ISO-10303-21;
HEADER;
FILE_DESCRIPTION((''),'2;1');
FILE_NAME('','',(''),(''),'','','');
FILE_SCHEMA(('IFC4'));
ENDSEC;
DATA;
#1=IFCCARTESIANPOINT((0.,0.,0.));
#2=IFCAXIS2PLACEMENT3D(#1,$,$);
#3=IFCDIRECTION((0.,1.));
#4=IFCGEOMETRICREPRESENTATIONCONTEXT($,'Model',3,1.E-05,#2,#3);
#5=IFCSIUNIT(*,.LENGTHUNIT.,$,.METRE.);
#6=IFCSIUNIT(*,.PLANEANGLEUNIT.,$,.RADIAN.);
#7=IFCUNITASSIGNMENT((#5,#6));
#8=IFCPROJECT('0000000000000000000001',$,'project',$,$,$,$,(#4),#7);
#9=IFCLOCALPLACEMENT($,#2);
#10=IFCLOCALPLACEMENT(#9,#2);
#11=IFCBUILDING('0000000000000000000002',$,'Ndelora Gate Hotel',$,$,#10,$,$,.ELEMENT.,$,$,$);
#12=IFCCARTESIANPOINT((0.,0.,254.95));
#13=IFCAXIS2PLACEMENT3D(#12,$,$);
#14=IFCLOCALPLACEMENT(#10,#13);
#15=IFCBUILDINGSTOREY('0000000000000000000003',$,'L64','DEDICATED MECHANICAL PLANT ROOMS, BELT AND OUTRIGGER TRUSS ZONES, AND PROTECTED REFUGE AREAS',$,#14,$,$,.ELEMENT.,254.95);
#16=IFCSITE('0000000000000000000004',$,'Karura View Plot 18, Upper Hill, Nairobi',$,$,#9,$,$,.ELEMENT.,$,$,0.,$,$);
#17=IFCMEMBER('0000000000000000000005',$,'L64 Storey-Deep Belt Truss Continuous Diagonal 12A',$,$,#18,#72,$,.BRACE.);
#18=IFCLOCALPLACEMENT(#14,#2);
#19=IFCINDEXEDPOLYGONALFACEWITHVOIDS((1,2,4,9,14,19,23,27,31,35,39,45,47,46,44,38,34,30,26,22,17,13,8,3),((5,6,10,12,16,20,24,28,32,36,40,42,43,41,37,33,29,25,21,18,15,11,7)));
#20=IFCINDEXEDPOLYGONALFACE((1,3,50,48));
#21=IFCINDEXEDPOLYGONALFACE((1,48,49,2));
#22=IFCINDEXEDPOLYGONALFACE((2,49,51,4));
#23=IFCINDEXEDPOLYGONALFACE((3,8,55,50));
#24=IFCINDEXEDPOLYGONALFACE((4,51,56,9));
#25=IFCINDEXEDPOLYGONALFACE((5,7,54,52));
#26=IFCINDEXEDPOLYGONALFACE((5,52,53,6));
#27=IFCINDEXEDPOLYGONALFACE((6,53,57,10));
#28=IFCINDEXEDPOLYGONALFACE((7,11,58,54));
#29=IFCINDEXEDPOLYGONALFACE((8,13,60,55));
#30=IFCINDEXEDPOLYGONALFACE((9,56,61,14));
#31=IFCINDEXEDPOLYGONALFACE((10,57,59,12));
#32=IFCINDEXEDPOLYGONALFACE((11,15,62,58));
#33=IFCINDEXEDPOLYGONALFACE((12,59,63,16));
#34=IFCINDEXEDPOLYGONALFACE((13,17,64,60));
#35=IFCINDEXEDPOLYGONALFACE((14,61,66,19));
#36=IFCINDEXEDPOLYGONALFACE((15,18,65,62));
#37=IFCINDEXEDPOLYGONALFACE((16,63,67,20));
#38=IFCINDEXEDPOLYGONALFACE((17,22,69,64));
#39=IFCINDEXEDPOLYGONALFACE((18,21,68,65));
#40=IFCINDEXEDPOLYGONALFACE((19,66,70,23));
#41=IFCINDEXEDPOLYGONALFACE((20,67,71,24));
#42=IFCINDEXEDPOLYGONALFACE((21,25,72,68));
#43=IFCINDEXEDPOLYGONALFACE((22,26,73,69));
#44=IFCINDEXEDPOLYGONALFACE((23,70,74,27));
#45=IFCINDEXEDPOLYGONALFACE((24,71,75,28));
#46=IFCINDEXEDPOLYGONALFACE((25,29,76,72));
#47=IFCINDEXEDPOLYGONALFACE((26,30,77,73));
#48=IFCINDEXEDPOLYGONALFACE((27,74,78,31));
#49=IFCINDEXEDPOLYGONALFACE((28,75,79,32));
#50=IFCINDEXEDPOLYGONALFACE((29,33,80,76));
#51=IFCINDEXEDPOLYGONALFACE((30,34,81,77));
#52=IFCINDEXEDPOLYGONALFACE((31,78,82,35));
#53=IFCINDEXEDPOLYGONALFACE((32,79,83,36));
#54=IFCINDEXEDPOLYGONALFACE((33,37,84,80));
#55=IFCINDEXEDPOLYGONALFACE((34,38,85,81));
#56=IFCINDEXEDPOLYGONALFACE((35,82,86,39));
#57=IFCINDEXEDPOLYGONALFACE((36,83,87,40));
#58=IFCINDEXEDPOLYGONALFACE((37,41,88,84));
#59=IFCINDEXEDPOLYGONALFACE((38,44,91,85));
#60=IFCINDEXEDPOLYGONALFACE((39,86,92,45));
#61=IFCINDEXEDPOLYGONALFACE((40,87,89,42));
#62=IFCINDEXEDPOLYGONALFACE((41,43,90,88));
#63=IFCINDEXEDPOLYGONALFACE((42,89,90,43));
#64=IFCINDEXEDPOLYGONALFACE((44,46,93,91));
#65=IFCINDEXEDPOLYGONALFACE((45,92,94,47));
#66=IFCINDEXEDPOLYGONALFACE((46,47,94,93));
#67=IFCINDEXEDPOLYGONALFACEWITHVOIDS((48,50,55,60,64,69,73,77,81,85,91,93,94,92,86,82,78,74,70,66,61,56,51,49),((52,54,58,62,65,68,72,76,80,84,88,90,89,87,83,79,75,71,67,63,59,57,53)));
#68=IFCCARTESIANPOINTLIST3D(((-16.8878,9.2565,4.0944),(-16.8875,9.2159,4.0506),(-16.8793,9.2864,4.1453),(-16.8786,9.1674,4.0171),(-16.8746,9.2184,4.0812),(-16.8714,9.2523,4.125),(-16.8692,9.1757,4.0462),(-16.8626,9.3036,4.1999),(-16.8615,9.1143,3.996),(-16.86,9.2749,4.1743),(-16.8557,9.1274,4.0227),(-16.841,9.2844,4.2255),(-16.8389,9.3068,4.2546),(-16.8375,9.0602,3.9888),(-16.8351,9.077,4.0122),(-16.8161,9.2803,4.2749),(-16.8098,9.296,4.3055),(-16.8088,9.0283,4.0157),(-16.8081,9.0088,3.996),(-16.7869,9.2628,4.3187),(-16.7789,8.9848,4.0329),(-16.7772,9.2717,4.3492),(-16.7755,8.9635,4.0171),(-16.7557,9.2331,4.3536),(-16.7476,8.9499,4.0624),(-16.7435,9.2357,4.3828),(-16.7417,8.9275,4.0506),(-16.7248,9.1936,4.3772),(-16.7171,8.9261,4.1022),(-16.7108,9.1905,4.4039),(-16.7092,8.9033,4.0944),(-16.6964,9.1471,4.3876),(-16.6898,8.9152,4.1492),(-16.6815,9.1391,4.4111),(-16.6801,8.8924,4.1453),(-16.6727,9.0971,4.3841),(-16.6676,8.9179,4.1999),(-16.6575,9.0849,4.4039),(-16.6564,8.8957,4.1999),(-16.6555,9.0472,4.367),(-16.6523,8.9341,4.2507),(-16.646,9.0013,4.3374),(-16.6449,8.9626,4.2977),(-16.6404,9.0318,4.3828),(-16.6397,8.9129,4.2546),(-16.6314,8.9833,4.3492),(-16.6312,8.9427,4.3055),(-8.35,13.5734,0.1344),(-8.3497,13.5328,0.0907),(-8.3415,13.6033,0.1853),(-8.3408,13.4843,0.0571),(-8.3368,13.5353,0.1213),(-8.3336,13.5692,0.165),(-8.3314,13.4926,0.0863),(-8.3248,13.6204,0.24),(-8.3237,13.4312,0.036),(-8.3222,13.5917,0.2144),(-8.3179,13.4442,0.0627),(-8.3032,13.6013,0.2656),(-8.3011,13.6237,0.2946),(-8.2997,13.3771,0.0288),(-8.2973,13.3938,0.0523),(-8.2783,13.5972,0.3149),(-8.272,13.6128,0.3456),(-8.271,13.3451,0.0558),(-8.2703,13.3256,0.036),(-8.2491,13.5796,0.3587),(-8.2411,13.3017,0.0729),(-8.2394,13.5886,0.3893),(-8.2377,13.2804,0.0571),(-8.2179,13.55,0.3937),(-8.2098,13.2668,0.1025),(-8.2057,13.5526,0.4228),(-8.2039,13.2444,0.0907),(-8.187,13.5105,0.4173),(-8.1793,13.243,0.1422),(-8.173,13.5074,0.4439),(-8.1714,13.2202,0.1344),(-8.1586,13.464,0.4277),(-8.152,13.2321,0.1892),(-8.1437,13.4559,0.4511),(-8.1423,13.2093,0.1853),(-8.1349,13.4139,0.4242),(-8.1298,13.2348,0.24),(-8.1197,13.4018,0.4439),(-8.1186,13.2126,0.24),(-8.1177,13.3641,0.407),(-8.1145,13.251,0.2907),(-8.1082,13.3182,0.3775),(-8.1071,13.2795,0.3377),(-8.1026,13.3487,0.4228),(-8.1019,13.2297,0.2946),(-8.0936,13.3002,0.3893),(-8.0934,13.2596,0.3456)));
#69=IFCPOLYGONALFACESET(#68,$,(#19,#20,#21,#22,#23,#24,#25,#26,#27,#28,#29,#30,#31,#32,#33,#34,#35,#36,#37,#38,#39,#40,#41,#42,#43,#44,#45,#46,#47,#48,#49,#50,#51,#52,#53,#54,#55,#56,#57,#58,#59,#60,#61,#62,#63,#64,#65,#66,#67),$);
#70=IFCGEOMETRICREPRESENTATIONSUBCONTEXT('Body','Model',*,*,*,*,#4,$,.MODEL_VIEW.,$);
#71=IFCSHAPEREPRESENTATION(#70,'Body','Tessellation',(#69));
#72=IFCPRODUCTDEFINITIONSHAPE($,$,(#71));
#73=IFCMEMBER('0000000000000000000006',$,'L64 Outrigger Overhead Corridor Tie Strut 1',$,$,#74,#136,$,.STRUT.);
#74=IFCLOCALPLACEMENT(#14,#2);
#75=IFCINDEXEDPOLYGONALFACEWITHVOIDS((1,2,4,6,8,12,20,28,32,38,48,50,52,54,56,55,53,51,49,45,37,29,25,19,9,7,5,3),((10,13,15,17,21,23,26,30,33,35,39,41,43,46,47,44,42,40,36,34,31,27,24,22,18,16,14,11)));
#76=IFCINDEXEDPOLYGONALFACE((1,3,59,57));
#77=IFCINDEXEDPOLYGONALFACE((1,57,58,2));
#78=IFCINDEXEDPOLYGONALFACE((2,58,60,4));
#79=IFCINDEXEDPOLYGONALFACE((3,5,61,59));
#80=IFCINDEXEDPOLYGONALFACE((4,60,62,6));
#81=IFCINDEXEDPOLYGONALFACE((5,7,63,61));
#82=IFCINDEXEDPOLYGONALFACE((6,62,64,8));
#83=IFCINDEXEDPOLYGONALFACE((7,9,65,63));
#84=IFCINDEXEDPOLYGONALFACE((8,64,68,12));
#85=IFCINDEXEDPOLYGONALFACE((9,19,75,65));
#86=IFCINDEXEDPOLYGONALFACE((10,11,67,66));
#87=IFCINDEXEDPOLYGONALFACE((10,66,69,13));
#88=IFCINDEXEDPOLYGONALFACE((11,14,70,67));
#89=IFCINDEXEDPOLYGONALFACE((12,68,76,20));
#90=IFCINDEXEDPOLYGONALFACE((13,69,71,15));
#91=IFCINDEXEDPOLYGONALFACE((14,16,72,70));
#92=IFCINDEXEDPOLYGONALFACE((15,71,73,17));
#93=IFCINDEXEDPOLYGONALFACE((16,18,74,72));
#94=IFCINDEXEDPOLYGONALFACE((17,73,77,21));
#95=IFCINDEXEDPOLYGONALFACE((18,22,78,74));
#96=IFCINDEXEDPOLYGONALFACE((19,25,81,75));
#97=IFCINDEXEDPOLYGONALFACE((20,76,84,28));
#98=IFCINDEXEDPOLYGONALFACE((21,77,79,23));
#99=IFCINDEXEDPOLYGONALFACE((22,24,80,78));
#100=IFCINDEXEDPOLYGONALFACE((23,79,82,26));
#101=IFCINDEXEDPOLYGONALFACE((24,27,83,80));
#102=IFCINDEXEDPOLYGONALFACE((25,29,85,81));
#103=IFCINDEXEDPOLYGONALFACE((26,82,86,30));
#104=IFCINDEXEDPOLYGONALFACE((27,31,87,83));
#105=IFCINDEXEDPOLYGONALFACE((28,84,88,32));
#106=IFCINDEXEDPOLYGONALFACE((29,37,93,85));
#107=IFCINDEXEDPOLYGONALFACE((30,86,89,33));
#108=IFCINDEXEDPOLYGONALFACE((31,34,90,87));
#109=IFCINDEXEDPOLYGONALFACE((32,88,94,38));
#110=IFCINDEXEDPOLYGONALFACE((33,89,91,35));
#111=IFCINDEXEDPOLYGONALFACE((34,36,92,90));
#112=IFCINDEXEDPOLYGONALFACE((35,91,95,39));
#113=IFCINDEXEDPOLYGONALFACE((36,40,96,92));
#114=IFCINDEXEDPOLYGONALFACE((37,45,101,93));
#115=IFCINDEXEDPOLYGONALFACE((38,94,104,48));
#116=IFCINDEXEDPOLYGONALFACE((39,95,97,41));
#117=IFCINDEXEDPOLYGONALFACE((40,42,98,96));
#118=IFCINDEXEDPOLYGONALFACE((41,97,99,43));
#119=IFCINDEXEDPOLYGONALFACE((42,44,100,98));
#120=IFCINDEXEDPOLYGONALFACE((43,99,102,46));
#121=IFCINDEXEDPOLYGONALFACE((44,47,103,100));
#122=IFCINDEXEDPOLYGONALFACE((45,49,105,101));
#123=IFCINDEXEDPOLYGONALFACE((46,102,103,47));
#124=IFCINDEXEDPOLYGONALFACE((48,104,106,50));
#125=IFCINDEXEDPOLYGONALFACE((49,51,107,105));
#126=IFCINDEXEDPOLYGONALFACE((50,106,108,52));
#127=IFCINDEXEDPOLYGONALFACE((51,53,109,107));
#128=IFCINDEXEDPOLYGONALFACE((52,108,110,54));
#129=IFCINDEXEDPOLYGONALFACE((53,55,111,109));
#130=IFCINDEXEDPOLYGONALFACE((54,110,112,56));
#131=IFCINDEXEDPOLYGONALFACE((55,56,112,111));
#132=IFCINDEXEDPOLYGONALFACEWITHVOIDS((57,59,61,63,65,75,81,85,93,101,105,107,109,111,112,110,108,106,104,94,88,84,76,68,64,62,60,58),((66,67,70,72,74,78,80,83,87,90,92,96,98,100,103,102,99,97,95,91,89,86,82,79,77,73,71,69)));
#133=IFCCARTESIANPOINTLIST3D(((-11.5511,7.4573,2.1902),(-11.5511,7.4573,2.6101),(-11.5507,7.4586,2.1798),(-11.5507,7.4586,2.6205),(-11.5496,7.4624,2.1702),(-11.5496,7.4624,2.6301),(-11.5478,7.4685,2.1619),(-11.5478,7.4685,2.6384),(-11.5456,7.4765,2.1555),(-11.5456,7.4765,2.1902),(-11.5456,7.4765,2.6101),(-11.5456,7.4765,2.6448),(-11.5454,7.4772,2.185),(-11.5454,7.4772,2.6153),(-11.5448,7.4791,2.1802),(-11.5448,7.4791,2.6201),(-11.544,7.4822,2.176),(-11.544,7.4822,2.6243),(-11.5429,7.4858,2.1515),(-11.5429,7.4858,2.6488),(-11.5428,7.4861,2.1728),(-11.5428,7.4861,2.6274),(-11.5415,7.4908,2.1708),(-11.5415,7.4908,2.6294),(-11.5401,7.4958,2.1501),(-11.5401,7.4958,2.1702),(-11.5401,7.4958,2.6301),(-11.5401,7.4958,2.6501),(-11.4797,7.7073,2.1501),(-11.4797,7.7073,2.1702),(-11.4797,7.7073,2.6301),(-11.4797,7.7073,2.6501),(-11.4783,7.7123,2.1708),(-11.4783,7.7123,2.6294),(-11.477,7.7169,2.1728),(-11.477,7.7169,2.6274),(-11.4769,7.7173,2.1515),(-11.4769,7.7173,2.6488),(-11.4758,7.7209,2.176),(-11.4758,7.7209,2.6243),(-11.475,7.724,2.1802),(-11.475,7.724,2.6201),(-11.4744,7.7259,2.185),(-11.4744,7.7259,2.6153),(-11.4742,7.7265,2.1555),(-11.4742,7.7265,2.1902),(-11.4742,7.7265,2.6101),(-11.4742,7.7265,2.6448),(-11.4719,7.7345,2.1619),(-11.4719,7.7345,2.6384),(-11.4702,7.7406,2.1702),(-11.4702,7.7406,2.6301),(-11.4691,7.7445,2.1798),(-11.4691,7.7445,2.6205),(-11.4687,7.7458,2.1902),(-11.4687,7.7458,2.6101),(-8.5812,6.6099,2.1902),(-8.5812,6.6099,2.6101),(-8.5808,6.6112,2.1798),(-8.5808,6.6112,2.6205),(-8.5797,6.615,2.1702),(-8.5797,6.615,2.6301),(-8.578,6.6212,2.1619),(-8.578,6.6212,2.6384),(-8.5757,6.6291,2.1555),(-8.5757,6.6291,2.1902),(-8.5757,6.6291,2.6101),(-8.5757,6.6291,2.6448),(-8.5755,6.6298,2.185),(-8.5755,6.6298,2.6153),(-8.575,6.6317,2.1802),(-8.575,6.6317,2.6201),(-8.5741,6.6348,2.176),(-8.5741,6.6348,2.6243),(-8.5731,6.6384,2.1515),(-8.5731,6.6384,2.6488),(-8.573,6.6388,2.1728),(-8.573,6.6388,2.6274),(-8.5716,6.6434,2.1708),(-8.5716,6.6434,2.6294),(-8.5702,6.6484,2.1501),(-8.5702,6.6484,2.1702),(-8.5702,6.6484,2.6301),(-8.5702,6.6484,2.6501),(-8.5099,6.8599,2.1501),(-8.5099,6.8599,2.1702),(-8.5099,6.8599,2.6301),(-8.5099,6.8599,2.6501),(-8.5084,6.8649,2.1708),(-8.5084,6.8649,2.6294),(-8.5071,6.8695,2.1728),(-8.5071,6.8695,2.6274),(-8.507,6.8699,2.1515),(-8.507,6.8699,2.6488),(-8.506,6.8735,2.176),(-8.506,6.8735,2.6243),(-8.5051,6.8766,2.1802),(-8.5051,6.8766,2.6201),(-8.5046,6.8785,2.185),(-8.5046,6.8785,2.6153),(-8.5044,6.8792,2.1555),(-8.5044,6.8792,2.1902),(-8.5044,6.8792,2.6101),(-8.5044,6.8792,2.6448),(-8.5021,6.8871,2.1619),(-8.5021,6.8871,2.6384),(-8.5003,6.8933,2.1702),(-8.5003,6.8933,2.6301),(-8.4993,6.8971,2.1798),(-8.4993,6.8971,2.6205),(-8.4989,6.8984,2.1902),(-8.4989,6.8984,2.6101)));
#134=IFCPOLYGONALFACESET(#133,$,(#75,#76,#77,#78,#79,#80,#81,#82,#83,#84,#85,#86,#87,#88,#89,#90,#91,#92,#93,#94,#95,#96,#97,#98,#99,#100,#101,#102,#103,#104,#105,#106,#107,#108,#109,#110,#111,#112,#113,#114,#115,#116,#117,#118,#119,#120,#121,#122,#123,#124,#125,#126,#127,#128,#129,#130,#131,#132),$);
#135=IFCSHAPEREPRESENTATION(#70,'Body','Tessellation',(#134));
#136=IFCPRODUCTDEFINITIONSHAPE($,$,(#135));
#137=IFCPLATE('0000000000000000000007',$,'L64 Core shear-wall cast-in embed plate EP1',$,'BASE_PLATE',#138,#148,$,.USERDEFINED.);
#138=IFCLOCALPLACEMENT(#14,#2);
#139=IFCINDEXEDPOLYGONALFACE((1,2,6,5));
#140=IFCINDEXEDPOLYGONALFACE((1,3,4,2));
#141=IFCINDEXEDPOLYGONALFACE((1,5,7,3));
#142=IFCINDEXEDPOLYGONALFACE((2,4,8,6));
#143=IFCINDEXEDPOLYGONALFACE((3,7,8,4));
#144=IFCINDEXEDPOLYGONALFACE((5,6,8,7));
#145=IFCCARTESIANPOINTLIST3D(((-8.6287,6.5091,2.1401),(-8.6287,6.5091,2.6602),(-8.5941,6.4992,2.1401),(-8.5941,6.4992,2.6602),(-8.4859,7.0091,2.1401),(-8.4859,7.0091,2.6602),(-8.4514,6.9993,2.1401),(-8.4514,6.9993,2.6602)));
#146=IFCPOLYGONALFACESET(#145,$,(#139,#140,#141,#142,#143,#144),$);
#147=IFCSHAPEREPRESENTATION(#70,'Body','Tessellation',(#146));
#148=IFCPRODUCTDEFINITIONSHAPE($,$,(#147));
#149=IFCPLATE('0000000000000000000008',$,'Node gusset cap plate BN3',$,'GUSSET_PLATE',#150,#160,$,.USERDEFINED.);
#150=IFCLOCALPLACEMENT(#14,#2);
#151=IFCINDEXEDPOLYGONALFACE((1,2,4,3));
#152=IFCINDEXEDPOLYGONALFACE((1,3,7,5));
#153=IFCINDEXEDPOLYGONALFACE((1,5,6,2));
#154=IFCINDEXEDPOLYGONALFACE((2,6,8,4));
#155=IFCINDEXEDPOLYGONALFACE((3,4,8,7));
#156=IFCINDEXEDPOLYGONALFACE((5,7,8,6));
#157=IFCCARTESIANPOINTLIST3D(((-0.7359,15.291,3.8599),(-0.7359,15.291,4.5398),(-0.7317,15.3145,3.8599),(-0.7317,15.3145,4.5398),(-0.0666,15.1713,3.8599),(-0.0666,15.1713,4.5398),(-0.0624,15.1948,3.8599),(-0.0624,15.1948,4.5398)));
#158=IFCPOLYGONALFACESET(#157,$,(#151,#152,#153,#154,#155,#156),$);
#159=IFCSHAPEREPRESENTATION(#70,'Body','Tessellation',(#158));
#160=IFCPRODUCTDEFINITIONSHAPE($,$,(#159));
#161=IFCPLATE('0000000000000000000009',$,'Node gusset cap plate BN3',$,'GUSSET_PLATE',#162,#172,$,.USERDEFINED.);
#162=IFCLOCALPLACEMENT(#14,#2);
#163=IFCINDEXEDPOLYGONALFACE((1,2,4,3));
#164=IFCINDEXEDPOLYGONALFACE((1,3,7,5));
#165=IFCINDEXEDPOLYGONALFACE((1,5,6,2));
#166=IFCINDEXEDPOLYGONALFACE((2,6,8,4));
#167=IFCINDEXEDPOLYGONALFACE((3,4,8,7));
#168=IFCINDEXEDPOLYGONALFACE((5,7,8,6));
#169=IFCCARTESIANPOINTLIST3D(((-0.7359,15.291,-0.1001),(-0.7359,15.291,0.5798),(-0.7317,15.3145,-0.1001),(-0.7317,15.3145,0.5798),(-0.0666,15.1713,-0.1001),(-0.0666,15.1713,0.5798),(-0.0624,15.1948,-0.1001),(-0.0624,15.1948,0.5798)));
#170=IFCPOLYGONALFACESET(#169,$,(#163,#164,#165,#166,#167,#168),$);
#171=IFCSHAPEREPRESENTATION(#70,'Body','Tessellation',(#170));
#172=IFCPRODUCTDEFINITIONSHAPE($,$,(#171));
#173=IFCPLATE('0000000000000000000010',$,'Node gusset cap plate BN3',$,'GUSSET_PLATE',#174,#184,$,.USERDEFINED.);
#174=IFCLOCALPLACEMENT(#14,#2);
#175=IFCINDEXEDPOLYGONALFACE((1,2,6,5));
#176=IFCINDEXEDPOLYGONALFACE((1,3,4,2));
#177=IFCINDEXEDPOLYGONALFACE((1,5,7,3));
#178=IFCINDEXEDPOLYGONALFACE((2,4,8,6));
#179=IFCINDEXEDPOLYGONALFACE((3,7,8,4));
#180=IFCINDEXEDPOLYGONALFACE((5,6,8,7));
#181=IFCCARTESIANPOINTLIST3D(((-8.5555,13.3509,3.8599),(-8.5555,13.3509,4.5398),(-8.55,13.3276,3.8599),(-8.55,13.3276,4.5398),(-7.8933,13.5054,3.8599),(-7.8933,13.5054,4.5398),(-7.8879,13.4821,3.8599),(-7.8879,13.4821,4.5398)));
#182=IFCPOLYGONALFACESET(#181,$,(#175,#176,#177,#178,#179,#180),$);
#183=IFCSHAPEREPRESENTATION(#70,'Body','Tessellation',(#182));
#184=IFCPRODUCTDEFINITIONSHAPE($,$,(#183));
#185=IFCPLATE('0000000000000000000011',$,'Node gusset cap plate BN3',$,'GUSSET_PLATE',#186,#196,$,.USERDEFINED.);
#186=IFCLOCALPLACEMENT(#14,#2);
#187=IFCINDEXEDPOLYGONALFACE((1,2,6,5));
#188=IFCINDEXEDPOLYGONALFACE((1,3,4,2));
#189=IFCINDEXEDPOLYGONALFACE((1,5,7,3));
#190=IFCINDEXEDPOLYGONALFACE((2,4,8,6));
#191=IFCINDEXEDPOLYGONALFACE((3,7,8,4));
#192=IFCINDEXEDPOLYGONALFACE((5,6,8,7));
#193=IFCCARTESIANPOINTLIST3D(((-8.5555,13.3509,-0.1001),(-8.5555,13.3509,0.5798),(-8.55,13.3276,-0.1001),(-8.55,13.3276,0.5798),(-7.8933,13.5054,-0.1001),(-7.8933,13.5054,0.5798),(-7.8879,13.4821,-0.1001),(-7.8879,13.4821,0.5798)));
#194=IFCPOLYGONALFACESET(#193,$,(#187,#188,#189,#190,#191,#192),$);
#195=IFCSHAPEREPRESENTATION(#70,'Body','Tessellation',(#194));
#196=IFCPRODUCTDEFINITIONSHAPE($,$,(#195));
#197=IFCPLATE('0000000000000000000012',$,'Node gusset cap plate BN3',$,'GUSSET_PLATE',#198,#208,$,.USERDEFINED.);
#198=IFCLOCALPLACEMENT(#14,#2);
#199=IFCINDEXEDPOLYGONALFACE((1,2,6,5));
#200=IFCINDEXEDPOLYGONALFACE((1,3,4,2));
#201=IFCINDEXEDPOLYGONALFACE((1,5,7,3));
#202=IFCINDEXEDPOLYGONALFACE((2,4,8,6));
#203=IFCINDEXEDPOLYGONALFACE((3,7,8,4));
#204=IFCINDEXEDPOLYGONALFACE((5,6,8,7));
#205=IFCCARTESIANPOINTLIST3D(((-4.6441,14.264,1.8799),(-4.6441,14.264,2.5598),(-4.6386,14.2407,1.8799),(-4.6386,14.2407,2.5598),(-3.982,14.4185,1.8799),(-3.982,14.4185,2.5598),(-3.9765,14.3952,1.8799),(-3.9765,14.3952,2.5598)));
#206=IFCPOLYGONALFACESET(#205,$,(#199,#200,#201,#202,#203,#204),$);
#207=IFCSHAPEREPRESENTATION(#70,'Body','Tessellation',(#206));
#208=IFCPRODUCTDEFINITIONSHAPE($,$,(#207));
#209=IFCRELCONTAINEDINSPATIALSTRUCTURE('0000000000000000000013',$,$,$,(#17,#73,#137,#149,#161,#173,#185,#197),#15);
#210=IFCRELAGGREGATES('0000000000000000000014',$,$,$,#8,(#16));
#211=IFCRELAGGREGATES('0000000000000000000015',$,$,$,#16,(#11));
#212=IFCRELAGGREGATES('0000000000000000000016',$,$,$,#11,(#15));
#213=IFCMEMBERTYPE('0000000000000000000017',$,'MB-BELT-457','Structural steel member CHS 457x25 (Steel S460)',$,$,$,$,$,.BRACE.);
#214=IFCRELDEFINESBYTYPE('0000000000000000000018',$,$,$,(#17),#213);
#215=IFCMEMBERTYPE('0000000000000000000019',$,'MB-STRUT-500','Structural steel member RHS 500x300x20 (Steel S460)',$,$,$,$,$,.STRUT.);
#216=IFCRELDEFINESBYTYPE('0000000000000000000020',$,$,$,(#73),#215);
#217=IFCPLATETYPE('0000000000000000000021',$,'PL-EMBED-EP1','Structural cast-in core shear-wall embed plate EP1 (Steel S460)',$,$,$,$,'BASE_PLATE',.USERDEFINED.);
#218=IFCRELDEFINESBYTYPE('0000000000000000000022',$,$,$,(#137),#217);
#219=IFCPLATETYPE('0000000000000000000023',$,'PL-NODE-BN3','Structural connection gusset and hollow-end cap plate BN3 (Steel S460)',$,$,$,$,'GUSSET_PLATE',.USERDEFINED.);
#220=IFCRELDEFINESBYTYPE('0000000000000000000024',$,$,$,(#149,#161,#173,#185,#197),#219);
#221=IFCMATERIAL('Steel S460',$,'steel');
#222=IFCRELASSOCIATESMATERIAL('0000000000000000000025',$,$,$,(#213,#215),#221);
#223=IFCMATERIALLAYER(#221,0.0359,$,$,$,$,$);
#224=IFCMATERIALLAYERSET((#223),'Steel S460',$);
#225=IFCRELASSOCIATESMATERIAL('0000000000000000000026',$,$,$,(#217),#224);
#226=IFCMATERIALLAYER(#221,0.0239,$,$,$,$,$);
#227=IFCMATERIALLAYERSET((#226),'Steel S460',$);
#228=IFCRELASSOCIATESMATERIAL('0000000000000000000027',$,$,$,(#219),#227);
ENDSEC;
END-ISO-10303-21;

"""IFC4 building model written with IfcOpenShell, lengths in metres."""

from ifc_helpers import new_model, si_unit, direction, frame, origin, origin_2d, place, context, subcontext, project, spatial, rectangle, hollow_rectangle, hollow_circle, extrude, material, layer, layer_set, material_profile, profile_set, type_object, element, save


model = new_model("IFC4")

# Units and contexts
model_context = context("Model", 3, precision=1e-05, world=origin(), true_north=direction((0.0, 1.0)))
body_context = subcontext(model_context, "Body", "Model", "MODEL_VIEW")
ifc_project = project(units=[si_unit("LENGTHUNIT", "METRE"), si_unit("PLANEANGLEUNIT", "RADIAN")], contexts=[model_context])

# Site, building, storey
site_placement = place(None, origin())
site = spatial("IfcSite", under=ifc_project, at=site_placement, Name="Karura View Plot 18, Upper Hill, Nairobi", CompositionType="ELEMENT", RefElevation=0.0)
building_placement = place(site_placement, origin())
building = spatial("IfcBuilding", under=site, at=building_placement, Name="Ndelora Gate Hotel", CompositionType="ELEMENT")
storey_placement = place(building_placement, frame((0.0, 0.0, 254.95)))
storey = spatial("IfcBuildingStorey", under=building, at=storey_placement, Name="L64", Description="DEDICATED MECHANICAL PLANT ROOMS, BELT AND OUTRIGGER TRUSS ZONES, AND PROTECTED REFUGE AREAS", CompositionType="ELEMENT", Elevation=254.95)

# Shared definitions
ifc_material_1 = material(Name="Steel S460", Category="steel")

# Members
ifc_material_profile_1 = material_profile(ifc_material_1, hollow_circle(Radius=0.2285, WallThickness=0.0249, at=origin_2d()), Name="CHS 457x25")
ifc_profile_set_1 = profile_set([ifc_material_profile_1], Name="Steel S460")
member_type_1 = type_object("IfcMemberType", Name="MB-BELT-457", Description="Structural steel member CHS 457x25 (Steel S460)", PredefinedType="BRACE", material=ifc_profile_set_1)
member_1_placement = place(storey_placement, frame((-8.2217, 13.4165, 0.24), z_axis=(-0.824569, -0.416918, 0.382446), x_axis=(0.451221, -0.892412, 0.0)))
element("IfcMember", 1, at=member_1_placement, inside=storey, type_object=member_type_1, Name="L64 Storey-Deep Belt Truss Continuous Diagonal 12A", PredefinedType="BRACE", context=body_context, shape_type="SweptSolid", body=[
    extrude(hollow_circle(Radius=0.2285, WallThickness=0.0249, at=origin_2d()), origin(), (0.0, 0.0, 1.0), 10.3542),
])
ifc_material_profile_2 = material_profile(ifc_material_1, hollow_rectangle(XDim=0.3, YDim=0.5, WallThickness=0.02, InnerFilletRadius=0.02, OuterFilletRadius=0.04, at=origin_2d()), Name="RHS 500x300x20")
ifc_profile_set_2 = profile_set([ifc_material_profile_2], Name="Steel S460")
member_type_2 = type_object("IfcMemberType", Name="MB-STRUT-500", Description="Structural steel member RHS 500x300x20 (Steel S460)", PredefinedType="STRUT", material=ifc_profile_set_2)
member_2_placement = place(storey_placement, frame((-8.54, 6.7542, 2.4001), z_axis=(-0.961622, 0.274377, 0.0), x_axis=(-0.274377, -0.961622, 0.0)))
element("IfcMember", 2, at=member_2_placement, inside=storey, type_object=member_type_2, Name="L64 Outrigger Overhead Corridor Tie Strut 1", PredefinedType="STRUT", context=body_context, shape_type="SweptSolid", body=[
    extrude(hollow_rectangle(XDim=0.3, YDim=0.5, WallThickness=0.02, InnerFilletRadius=0.02, OuterFilletRadius=0.04, at=origin_2d()), origin(), (0.0, 0.0, 1.0), 3.0884),
])

# Plates
ifc_layer_1 = layer(ifc_material_1, 0.0359)
ifc_layer_set_1 = layer_set([ifc_layer_1], Name="Steel S460")
plate_type_1 = type_object("IfcPlateType", Name="PL-EMBED-EP1", Description="Structural cast-in core shear-wall embed plate EP1 (Steel S460)", ElementType="BASE_PLATE", PredefinedType="USERDEFINED", material=ifc_layer_set_1)
plate_1_placement = place(storey_placement, frame((-8.54, 6.7542, 2.1401), z_axis=(0.0, 0.0, 1.0), x_axis=(0.274463, 0.961598, 0.0)))
element("IfcPlate", 3, at=plate_1_placement, inside=storey, type_object=plate_type_1, Name="L64 Core shear-wall cast-in embed plate EP1", ObjectType="BASE_PLATE", PredefinedType="USERDEFINED", context=body_context, shape_type="SweptSolid", body=[
    extrude(rectangle(XDim=0.52, YDim=0.0359, at=origin_2d()), origin(), (0.0, 0.0, 1.0), 0.52),
])
ifc_layer_2 = layer(ifc_material_1, 0.0239)
ifc_layer_set_2 = layer_set([ifc_layer_2], Name="Steel S460")
plate_type_2 = type_object("IfcPlateType", Name="PL-NODE-BN3", Description="Structural connection gusset and hollow-end cap plate BN3 (Steel S460)", ElementType="GUSSET_PLATE", PredefinedType="USERDEFINED", material=ifc_layer_set_2)
for number, where, z_axis, x_axis, name in (
    (4, (-0.3992, 15.2429, 3.8599), (0.0, 0.0, 1.0), (-0.984381, 0.176054, 0.0), "Node gusset cap plate BN3"),
    (5, (-0.3992, 15.2429, -0.1001), (0.0, 0.0, 1.0), (-0.984381, 0.176054, 0.0), "Node gusset cap plate BN3"),
    (6, (-8.2217, 13.4165, 3.8599), (0.0, 0.0, 1.0), (0.973817, 0.227331, 0.0), "Node gusset cap plate BN3"),
    (7, (-8.2217, 13.4165, -0.1001), (0.0, 0.0, 1.0), (0.973817, 0.227331, 0.0), "Node gusset cap plate BN3"),
    (8, (-4.3103, 14.3296, 1.8799), (0.0, 0.0, 1.0), (0.973817, 0.227331, 0.0), "Node gusset cap plate BN3"),
):
    element("IfcPlate", number, at=place(storey_placement, frame(where, z_axis=z_axis, x_axis=x_axis)), inside=storey, type_object=plate_type_2, Name=name, ObjectType="GUSSET_PLATE", PredefinedType="USERDEFINED", context=body_context, shape_type="SweptSolid", body=[
        extrude(rectangle(XDim=0.6799, YDim=0.0239, at=origin_2d()), origin(), (0.0, 0.0, 1.0), 0.6799),
    ])

save(model, "model.ifc")
